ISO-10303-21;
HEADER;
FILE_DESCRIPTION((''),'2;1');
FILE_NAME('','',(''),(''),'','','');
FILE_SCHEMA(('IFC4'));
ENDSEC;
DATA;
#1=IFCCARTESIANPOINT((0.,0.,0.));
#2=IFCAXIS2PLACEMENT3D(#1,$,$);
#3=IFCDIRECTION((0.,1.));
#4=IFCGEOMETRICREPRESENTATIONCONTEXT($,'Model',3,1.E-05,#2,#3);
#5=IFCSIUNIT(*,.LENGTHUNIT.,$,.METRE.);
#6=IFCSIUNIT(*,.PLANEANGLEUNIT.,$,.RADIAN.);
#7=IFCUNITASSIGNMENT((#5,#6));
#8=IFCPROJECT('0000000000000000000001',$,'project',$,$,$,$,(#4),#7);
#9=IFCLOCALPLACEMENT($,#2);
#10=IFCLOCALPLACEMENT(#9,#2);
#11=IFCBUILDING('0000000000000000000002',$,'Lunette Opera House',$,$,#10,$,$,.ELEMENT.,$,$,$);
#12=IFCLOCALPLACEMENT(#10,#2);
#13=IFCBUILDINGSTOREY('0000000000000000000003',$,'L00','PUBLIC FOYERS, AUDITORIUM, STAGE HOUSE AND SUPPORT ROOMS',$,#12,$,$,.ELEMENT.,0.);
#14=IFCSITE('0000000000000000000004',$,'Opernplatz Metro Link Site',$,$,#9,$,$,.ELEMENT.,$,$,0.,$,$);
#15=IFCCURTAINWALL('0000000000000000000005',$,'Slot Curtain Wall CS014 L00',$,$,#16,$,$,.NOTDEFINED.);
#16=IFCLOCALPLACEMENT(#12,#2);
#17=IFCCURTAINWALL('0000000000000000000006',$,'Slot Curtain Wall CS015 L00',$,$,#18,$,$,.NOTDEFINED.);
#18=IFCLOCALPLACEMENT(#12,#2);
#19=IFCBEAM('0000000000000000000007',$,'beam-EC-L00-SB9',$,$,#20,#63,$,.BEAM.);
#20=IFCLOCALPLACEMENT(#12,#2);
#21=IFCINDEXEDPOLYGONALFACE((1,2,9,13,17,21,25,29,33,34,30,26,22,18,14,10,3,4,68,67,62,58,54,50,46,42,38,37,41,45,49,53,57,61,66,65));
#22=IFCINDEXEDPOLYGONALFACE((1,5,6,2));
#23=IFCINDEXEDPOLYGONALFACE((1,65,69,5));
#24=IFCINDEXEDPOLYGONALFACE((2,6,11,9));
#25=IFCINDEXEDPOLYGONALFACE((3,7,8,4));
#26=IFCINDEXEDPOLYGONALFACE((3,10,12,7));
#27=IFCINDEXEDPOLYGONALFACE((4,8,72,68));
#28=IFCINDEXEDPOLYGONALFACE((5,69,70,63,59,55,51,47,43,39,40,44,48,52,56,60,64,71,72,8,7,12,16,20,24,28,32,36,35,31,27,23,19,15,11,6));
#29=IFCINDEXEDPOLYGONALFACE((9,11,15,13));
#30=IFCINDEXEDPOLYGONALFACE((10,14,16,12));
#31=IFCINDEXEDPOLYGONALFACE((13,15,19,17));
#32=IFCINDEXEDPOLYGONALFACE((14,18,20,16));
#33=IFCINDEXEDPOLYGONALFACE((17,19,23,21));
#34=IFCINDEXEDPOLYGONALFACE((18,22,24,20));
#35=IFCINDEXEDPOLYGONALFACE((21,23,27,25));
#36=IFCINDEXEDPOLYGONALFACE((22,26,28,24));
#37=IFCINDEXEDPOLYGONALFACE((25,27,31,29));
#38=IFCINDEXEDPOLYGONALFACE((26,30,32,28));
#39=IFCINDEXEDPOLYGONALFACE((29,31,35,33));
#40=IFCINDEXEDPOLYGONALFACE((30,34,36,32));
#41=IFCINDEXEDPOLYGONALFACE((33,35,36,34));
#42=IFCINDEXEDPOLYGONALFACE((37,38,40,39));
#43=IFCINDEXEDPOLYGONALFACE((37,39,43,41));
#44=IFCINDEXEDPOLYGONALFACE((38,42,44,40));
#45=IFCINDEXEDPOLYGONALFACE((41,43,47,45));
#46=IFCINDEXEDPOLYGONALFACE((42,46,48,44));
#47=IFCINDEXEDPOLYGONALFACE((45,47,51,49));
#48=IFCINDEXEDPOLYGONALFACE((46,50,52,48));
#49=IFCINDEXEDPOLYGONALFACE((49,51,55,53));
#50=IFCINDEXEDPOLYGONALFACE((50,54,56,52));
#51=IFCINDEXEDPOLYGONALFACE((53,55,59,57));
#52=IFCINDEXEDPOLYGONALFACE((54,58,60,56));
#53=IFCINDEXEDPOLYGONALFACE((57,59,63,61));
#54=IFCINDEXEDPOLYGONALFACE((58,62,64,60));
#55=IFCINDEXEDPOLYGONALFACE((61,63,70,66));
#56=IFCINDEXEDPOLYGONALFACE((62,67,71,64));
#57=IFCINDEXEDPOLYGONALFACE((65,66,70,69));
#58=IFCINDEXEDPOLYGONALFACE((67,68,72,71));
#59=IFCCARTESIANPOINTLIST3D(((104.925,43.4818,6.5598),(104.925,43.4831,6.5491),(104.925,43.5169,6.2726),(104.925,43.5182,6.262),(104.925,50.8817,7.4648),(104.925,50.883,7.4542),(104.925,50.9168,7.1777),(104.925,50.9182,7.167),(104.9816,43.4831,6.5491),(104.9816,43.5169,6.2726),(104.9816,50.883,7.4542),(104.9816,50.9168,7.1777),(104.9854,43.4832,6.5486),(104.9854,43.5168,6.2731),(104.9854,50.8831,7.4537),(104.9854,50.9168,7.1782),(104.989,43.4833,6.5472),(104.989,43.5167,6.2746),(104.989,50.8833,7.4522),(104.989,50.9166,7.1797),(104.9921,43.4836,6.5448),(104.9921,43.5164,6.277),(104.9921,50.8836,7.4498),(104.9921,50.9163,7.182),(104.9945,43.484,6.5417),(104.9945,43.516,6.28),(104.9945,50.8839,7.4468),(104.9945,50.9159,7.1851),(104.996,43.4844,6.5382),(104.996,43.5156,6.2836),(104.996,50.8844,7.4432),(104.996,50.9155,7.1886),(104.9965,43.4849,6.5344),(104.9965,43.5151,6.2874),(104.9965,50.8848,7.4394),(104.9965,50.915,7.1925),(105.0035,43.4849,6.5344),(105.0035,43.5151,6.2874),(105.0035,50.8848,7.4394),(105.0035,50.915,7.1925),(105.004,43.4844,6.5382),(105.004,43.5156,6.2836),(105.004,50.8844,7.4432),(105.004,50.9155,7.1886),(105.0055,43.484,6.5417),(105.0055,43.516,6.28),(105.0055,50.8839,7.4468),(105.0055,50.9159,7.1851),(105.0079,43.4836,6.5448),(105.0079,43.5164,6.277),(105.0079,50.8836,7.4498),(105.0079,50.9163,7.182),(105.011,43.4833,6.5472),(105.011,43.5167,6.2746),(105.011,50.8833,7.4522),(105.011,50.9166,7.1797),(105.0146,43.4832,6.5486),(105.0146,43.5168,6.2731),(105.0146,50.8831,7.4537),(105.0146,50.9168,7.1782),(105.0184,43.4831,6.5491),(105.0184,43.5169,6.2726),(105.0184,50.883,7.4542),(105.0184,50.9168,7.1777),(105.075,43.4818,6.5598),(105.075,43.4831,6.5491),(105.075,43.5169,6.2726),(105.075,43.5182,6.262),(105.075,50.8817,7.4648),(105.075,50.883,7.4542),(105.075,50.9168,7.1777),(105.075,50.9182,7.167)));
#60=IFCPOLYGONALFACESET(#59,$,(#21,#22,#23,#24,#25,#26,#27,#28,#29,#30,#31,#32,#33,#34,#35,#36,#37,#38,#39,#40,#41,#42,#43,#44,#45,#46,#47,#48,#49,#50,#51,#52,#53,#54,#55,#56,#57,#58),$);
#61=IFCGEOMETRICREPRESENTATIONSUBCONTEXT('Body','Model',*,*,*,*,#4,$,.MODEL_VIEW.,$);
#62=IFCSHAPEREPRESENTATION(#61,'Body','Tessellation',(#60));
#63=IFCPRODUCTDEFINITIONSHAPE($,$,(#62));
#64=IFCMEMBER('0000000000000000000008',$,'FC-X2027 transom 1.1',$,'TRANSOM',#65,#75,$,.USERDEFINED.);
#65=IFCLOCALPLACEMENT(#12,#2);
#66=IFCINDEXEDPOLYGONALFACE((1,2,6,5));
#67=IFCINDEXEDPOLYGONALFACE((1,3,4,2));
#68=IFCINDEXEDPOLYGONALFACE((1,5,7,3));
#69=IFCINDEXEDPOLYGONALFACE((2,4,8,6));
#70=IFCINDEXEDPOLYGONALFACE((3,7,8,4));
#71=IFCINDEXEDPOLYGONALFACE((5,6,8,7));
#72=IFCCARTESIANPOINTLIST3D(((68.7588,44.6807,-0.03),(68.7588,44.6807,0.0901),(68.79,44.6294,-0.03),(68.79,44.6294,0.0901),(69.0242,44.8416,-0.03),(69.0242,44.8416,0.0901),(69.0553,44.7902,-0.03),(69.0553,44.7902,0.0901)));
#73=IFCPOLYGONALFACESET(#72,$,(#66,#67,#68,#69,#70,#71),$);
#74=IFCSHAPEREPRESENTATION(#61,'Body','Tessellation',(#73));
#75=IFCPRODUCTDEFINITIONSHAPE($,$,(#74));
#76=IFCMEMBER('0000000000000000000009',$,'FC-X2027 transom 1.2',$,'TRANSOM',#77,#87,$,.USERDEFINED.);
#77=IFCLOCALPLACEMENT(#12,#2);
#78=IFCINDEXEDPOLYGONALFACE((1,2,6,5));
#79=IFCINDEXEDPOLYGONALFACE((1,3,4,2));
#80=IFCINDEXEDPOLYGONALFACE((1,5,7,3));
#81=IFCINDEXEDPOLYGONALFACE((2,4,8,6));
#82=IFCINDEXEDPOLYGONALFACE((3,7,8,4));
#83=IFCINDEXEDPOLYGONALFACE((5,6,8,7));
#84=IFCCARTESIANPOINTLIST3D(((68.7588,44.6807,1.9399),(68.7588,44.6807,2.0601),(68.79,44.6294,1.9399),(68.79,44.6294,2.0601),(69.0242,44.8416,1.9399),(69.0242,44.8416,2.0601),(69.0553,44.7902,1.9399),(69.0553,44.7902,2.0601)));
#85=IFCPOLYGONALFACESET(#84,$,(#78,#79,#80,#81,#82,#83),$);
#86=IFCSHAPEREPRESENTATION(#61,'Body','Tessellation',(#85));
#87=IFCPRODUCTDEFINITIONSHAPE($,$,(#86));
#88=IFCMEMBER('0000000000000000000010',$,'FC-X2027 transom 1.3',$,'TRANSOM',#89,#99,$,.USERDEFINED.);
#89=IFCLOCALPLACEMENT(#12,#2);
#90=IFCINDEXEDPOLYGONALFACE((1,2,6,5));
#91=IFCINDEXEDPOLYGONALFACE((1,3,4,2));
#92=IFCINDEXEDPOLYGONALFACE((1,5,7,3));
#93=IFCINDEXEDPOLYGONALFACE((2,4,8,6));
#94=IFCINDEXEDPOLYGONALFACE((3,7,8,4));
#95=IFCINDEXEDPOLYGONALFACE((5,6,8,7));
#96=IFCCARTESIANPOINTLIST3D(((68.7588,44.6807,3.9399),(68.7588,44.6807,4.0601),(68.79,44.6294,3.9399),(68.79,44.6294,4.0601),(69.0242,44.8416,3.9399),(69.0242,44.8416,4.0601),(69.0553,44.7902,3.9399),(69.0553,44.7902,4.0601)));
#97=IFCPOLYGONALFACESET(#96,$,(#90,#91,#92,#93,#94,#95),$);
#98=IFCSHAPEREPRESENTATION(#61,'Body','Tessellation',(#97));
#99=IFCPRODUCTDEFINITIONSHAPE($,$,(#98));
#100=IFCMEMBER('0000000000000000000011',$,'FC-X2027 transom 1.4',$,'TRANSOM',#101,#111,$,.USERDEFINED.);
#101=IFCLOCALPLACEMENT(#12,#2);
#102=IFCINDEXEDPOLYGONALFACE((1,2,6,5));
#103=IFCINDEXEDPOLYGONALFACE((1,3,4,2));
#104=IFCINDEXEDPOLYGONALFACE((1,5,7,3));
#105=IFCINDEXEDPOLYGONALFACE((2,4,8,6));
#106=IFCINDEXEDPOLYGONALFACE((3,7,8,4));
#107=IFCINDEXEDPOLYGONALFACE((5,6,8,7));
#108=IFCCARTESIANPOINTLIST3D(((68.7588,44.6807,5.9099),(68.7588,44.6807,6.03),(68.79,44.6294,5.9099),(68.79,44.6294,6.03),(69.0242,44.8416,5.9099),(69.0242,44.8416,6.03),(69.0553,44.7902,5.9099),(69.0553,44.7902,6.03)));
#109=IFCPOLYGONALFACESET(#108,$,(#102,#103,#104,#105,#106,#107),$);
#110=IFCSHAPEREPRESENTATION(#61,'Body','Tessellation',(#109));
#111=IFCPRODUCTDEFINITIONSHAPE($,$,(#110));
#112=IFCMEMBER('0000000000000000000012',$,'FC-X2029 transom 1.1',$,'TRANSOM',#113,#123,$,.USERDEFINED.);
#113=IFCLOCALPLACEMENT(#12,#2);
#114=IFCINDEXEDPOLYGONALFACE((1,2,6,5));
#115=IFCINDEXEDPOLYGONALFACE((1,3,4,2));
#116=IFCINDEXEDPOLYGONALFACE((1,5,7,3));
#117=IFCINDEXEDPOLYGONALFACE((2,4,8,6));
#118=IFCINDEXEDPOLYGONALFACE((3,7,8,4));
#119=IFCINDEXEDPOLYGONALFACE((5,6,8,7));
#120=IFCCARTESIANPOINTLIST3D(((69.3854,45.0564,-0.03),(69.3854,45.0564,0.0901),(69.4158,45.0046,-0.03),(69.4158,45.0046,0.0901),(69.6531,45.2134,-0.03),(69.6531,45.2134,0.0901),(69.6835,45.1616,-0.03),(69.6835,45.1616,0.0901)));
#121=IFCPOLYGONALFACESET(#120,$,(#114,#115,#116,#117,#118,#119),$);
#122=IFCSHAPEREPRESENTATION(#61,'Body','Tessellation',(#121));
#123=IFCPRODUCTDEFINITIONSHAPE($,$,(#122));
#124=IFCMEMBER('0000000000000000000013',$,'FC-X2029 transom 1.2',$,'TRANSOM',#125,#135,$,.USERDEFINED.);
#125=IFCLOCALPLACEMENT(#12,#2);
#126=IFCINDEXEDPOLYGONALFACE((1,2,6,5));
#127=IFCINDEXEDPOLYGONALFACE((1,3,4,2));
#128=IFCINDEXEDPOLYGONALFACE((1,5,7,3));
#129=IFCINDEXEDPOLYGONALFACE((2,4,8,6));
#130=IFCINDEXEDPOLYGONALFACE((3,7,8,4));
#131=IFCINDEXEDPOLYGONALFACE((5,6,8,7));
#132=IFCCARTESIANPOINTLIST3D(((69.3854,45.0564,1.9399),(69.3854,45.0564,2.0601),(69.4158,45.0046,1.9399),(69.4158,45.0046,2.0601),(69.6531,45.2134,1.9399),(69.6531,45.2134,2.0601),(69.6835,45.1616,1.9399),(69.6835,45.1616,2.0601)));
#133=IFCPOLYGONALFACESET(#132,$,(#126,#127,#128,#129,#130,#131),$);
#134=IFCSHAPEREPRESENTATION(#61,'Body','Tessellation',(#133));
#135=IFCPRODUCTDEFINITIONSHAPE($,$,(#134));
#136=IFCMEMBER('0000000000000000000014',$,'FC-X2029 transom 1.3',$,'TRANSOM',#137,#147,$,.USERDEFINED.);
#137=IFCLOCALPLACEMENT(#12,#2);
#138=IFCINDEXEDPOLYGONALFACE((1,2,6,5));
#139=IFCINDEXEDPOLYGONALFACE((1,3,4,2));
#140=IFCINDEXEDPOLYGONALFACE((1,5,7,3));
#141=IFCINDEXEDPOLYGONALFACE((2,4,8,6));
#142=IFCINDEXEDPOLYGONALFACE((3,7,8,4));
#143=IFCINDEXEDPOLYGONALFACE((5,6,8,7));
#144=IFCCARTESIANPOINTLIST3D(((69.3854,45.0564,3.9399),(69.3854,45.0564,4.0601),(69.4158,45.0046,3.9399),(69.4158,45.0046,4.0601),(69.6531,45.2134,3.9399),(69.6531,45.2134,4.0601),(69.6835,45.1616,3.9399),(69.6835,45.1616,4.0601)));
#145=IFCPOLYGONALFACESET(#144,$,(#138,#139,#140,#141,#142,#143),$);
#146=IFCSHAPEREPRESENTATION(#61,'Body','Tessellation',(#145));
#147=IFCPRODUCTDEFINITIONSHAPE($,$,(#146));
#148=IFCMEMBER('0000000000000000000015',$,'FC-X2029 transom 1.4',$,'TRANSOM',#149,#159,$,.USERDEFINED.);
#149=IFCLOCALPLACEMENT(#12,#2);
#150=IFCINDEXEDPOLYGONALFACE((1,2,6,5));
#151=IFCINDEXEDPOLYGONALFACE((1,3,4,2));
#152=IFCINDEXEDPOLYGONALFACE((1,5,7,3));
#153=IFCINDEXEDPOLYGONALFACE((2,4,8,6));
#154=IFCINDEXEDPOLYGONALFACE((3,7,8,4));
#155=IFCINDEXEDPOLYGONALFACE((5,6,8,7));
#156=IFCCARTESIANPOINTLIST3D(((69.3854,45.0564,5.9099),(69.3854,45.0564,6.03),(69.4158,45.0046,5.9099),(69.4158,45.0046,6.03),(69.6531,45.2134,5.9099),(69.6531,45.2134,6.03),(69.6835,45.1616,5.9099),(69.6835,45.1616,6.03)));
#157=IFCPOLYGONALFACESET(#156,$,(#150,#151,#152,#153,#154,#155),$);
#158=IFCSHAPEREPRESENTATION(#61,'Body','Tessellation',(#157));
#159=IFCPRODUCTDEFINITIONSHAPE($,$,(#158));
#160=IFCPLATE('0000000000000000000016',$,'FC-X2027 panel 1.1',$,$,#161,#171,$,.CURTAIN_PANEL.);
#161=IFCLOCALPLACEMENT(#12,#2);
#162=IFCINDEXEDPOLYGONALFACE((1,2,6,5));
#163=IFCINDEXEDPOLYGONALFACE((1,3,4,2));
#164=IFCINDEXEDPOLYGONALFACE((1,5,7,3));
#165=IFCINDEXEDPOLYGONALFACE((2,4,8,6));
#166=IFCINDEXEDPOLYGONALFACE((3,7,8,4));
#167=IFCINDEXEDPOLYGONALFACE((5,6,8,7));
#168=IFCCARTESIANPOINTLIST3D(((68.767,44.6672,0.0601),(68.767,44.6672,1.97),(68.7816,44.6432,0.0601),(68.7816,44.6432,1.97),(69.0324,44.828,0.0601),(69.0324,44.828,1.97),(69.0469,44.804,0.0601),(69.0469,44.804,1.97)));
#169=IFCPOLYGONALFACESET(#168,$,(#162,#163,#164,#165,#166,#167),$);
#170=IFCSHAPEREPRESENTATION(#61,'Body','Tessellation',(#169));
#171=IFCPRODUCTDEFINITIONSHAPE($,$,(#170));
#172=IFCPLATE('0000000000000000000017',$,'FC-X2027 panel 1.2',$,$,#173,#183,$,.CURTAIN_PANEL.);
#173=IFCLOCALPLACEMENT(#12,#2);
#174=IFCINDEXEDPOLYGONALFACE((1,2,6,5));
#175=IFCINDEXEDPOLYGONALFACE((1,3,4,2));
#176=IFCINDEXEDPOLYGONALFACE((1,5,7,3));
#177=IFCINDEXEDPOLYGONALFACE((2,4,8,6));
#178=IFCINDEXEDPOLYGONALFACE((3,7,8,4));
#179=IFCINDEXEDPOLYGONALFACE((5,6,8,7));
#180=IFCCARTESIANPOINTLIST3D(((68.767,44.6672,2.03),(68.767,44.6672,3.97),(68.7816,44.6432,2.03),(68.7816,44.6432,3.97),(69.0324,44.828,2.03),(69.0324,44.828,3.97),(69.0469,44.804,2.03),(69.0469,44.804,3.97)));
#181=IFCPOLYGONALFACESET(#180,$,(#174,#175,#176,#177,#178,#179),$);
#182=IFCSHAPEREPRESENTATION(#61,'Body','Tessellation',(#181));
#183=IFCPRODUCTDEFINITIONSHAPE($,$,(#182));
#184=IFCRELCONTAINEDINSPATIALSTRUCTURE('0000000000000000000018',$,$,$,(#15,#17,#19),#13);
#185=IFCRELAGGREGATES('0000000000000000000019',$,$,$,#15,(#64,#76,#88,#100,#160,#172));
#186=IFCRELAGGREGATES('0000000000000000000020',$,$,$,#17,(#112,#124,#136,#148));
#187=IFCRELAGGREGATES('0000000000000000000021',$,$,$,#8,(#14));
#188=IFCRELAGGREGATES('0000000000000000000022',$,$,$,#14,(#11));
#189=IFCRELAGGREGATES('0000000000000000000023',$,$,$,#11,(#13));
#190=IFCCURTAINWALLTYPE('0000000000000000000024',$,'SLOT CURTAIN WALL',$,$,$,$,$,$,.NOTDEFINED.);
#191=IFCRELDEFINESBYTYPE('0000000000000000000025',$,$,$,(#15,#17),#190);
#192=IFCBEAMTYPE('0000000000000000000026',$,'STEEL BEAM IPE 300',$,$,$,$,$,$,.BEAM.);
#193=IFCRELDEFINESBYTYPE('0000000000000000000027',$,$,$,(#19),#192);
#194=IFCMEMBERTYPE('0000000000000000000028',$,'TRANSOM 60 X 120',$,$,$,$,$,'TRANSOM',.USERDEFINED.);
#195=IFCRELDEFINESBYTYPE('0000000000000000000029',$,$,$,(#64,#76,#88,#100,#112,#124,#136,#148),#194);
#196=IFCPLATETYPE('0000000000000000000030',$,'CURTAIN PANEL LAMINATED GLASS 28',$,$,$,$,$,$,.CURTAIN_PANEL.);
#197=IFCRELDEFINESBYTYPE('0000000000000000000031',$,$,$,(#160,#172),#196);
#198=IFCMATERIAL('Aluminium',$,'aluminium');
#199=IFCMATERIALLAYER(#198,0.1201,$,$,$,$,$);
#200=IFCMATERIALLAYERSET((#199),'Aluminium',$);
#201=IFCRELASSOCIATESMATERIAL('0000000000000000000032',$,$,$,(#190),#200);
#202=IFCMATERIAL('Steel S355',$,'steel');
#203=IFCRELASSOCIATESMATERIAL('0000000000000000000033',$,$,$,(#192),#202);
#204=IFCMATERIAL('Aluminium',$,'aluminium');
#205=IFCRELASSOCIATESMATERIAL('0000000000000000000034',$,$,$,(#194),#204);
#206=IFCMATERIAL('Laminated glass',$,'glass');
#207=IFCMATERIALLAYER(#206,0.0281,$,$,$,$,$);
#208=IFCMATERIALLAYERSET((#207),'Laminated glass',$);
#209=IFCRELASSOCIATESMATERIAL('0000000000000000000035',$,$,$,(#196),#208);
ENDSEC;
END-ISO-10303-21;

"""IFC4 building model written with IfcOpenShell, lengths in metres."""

from ifc_helpers import new_model, si_unit, direction, frame, origin, origin_2d, place, context, subcontext, project, spatial, rectangle, i_section, extrude, material, layer, layer_set, material_profile, profile_set, type_object, element, aggregate, save


model = new_model("IFC4")

# Units and contexts
model_context = context("Model", 3, precision=1e-05, world=origin(), true_north=direction((0.0, 1.0)))
body_context = subcontext(model_context, "Body", "Model", "MODEL_VIEW")
ifc_project = project(units=[si_unit("LENGTHUNIT", "METRE"), si_unit("PLANEANGLEUNIT", "RADIAN")], contexts=[model_context])

# Site, building, storey
site_placement = place(None, origin())
site = spatial("IfcSite", under=ifc_project, at=site_placement, Name="Opernplatz Metro Link Site", CompositionType="ELEMENT", RefElevation=0.0)
building_placement = place(site_placement, origin())
building = spatial("IfcBuilding", under=site, at=building_placement, Name="Lunette Opera House", CompositionType="ELEMENT")
storey_placement = place(building_placement, origin())
storey = spatial("IfcBuildingStorey", under=building, at=storey_placement, Name="L00", Description="PUBLIC FOYERS, AUDITORIUM, STAGE HOUSE AND SUPPORT ROOMS", CompositionType="ELEMENT", Elevation=0.0)

# Curtain wall
ifc_material_1 = material(Name="Aluminium", Category="aluminium")
ifc_layer_1 = layer(ifc_material_1, 0.1201)
ifc_layer_set_1 = layer_set([ifc_layer_1], Name="Aluminium")
curtain_wall_type = type_object("IfcCurtainWallType", Name="SLOT CURTAIN WALL", PredefinedType="NOTDEFINED", material=ifc_layer_set_1)
curtain_wall_1_placement = place(storey_placement, origin())
curtain_wall_1 = element("IfcCurtainWall", 1, at=curtain_wall_1_placement, inside=storey, type_object=curtain_wall_type, Name="Slot Curtain Wall CS014 L00", PredefinedType="NOTDEFINED")

# Curtain wall
curtain_wall_2_placement = place(storey_placement, origin())
curtain_wall_2 = element("IfcCurtainWall", 2, at=curtain_wall_2_placement, inside=storey, type_object=curtain_wall_type, Name="Slot Curtain Wall CS015 L00", PredefinedType="NOTDEFINED")

# Beam
ifc_material_2 = material(Name="Steel S355", Category="steel")
ifc_material_profile_1 = material_profile(ifc_material_2, i_section(OverallWidth=0.1499, OverallDepth=0.3, WebThickness=0.0071, FlangeThickness=0.0107, FilletRadius=0.0149, at=origin_2d()), Name="IPE 300")
ifc_profile_set_1 = profile_set([ifc_material_profile_1], Name="Steel S355")
beam_type_1 = type_object("IfcBeamType", Name="STEEL BEAM IPE 300", PredefinedType="BEAM", material=ifc_profile_set_1)
for number, where, z_axis, x_axis, name in (
    (3, (105.0, 43.5, 6.4109), (0.0, 0.992604, 0.121398), (-1.0, 0.0, 0.0), "beam-EC-L00-SB9"),
):
    element("IfcBeam", number, at=place(storey_placement, frame(where, z_axis=z_axis, x_axis=x_axis)), inside=storey, type_object=beam_type_1, Name=name, PredefinedType="BEAM", context=body_context, shape_type="SweptSolid", body=[
        extrude(i_section(OverallWidth=0.1499, OverallDepth=0.3, WebThickness=0.0071, FlangeThickness=0.0107, FilletRadius=0.0149, at=origin_2d()), origin(), (0.0, 0.0, 1.0), 7.4551),
    ])

# Members
ifc_material_3 = material(Name="Aluminium", Category="aluminium")
ifc_material_profile_2 = material_profile(ifc_material_3, rectangle(XDim=0.0601, YDim=0.1201, at=origin_2d()), Name="TRANSOM 60 X 120")
ifc_profile_set_2 = profile_set([ifc_material_profile_2], Name="Aluminium")
member_type_1 = type_object("IfcMemberType", Name="TRANSOM 60 X 120", ElementType="TRANSOM", PredefinedType="USERDEFINED", material=ifc_profile_set_2)
member_1_placement = place(storey_placement, frame((68.7744, 44.655, 0.03), z_axis=(0.855124, 0.518424, 0.0), x_axis=(-0.518424, 0.855124, 0.0)))
member_1 = element("IfcMember", 4, at=member_1_placement, type_object=member_type_1, Name="FC-X2027 transom 1.1", ObjectType="TRANSOM", PredefinedType="USERDEFINED", context=body_context, shape_type="SweptSolid", body=[
    extrude(rectangle(XDim=0.0601, YDim=0.1201, at=origin_2d()), origin(), (0.0, 0.0, 1.0), 0.3103),
])
member_2_placement = place(storey_placement, frame((68.7744, 44.655, 2.0), z_axis=(0.855124, 0.518424, 0.0), x_axis=(-0.518424, 0.855124, 0.0)))
member_2 = element("IfcMember", 5, at=member_2_placement, type_object=member_type_1, Name="FC-X2027 transom 1.2", ObjectType="TRANSOM", PredefinedType="USERDEFINED", context=body_context, shape_type="SweptSolid", body=[
    extrude(rectangle(XDim=0.0601, YDim=0.1201, at=origin_2d()), origin(), (0.0, 0.0, 1.0), 0.3103),
])
member_3_placement = place(storey_placement, frame((68.7744, 44.655, 4.0), z_axis=(0.855124, 0.518424, 0.0), x_axis=(-0.518424, 0.855124, 0.0)))
member_3 = element("IfcMember", 6, at=member_3_placement, type_object=member_type_1, Name="FC-X2027 transom 1.3", ObjectType="TRANSOM", PredefinedType="USERDEFINED", context=body_context, shape_type="SweptSolid", body=[
    extrude(rectangle(XDim=0.0601, YDim=0.1201, at=origin_2d()), origin(), (0.0, 0.0, 1.0), 0.3103),
])
member_4_placement = place(storey_placement, frame((68.7744, 44.655, 5.97), z_axis=(0.855124, 0.518424, 0.0), x_axis=(-0.518424, 0.855124, 0.0)))
member_4 = element("IfcMember", 7, at=member_4_placement, type_object=member_type_1, Name="FC-X2027 transom 1.4", ObjectType="TRANSOM", PredefinedType="USERDEFINED", context=body_context, shape_type="SweptSolid", body=[
    extrude(rectangle(XDim=0.0601, YDim=0.1201, at=origin_2d()), origin(), (0.0, 0.0, 1.0), 0.3103),
])
member_5_placement = place(storey_placement, frame((69.4006, 45.0305, 0.03), z_axis=(0.86252, 0.506022, 0.0), x_axis=(-0.506022, 0.86252, 0.0)))
member_5 = element("IfcMember", 8, at=member_5_placement, type_object=member_type_1, Name="FC-X2029 transom 1.1", ObjectType="TRANSOM", PredefinedType="USERDEFINED", context=body_context, shape_type="SweptSolid", body=[
    extrude(rectangle(XDim=0.0601, YDim=0.1201, at=origin_2d()), origin(), (0.0, 0.0, 1.0), 0.3103),
])
member_6_placement = place(storey_placement, frame((69.4006, 45.0305, 2.0), z_axis=(0.86252, 0.506022, 0.0), x_axis=(-0.506022, 0.86252, 0.0)))
member_6 = element("IfcMember", 9, at=member_6_placement, type_object=member_type_1, Name="FC-X2029 transom 1.2", ObjectType="TRANSOM", PredefinedType="USERDEFINED", context=body_context, shape_type="SweptSolid", body=[
    extrude(rectangle(XDim=0.0601, YDim=0.1201, at=origin_2d()), origin(), (0.0, 0.0, 1.0), 0.3103),
])
member_7_placement = place(storey_placement, frame((69.4006, 45.0305, 4.0), z_axis=(0.86252, 0.506022, 0.0), x_axis=(-0.506022, 0.86252, 0.0)))
member_7 = element("IfcMember", 10, at=member_7_placement, type_object=member_type_1, Name="FC-X2029 transom 1.3", ObjectType="TRANSOM", PredefinedType="USERDEFINED", context=body_context, shape_type="SweptSolid", body=[
    extrude(rectangle(XDim=0.0601, YDim=0.1201, at=origin_2d()), origin(), (0.0, 0.0, 1.0), 0.3103),
])
member_8_placement = place(storey_placement, frame((69.4006, 45.0305, 5.97), z_axis=(0.86252, 0.506022, 0.0), x_axis=(-0.506022, 0.86252, 0.0)))
member_8 = element("IfcMember", 11, at=member_8_placement, type_object=member_type_1, Name="FC-X2029 transom 1.4", ObjectType="TRANSOM", PredefinedType="USERDEFINED", context=body_context, shape_type="SweptSolid", body=[
    extrude(rectangle(XDim=0.0601, YDim=0.1201, at=origin_2d()), origin(), (0.0, 0.0, 1.0), 0.3103),
])

# Plates
ifc_material_4 = material(Name="Laminated glass", Category="glass")
ifc_layer_2 = layer(ifc_material_4, 0.0281)
ifc_layer_set_2 = layer_set([ifc_layer_2], Name="Laminated glass")
plate_type = type_object("IfcPlateType", Name="CURTAIN PANEL LAMINATED GLASS 28", PredefinedType="CURTAIN_PANEL", material=ifc_layer_set_2)
plate_1_placement = place(storey_placement, frame((68.907, 44.7356, 0.0601), z_axis=(0.0, 0.0, 1.0), x_axis=(0.855229, 0.51825, 0.0)))
plate_1 = element("IfcPlate", 12, at=plate_1_placement, type_object=plate_type, Name="FC-X2027 panel 1.1", PredefinedType="CURTAIN_PANEL", context=body_context, shape_type="SweptSolid", body=[
    extrude(rectangle(XDim=0.3103, YDim=0.0281, at=origin_2d()), origin(), (0.0, 0.0, 1.0), 1.9099),
])
plate_2_placement = place(storey_placement, frame((68.907, 44.7356, 2.03), z_axis=(0.0, 0.0, 1.0), x_axis=(0.855229, 0.51825, 0.0)))
plate_2 = element("IfcPlate", 13, at=plate_2_placement, type_object=plate_type, Name="FC-X2027 panel 1.2", PredefinedType="CURTAIN_PANEL", context=body_context, shape_type="SweptSolid", body=[
    extrude(rectangle(XDim=0.3103, YDim=0.0281, at=origin_2d()), origin(), (0.0, 0.0, 1.0), 1.9399),
])
aggregate(curtain_wall_1, [member_1, member_2, member_3, member_4, plate_1, plate_2])
aggregate(curtain_wall_2, [member_5, member_6, member_7, member_8])

save(model, "model.ifc")
